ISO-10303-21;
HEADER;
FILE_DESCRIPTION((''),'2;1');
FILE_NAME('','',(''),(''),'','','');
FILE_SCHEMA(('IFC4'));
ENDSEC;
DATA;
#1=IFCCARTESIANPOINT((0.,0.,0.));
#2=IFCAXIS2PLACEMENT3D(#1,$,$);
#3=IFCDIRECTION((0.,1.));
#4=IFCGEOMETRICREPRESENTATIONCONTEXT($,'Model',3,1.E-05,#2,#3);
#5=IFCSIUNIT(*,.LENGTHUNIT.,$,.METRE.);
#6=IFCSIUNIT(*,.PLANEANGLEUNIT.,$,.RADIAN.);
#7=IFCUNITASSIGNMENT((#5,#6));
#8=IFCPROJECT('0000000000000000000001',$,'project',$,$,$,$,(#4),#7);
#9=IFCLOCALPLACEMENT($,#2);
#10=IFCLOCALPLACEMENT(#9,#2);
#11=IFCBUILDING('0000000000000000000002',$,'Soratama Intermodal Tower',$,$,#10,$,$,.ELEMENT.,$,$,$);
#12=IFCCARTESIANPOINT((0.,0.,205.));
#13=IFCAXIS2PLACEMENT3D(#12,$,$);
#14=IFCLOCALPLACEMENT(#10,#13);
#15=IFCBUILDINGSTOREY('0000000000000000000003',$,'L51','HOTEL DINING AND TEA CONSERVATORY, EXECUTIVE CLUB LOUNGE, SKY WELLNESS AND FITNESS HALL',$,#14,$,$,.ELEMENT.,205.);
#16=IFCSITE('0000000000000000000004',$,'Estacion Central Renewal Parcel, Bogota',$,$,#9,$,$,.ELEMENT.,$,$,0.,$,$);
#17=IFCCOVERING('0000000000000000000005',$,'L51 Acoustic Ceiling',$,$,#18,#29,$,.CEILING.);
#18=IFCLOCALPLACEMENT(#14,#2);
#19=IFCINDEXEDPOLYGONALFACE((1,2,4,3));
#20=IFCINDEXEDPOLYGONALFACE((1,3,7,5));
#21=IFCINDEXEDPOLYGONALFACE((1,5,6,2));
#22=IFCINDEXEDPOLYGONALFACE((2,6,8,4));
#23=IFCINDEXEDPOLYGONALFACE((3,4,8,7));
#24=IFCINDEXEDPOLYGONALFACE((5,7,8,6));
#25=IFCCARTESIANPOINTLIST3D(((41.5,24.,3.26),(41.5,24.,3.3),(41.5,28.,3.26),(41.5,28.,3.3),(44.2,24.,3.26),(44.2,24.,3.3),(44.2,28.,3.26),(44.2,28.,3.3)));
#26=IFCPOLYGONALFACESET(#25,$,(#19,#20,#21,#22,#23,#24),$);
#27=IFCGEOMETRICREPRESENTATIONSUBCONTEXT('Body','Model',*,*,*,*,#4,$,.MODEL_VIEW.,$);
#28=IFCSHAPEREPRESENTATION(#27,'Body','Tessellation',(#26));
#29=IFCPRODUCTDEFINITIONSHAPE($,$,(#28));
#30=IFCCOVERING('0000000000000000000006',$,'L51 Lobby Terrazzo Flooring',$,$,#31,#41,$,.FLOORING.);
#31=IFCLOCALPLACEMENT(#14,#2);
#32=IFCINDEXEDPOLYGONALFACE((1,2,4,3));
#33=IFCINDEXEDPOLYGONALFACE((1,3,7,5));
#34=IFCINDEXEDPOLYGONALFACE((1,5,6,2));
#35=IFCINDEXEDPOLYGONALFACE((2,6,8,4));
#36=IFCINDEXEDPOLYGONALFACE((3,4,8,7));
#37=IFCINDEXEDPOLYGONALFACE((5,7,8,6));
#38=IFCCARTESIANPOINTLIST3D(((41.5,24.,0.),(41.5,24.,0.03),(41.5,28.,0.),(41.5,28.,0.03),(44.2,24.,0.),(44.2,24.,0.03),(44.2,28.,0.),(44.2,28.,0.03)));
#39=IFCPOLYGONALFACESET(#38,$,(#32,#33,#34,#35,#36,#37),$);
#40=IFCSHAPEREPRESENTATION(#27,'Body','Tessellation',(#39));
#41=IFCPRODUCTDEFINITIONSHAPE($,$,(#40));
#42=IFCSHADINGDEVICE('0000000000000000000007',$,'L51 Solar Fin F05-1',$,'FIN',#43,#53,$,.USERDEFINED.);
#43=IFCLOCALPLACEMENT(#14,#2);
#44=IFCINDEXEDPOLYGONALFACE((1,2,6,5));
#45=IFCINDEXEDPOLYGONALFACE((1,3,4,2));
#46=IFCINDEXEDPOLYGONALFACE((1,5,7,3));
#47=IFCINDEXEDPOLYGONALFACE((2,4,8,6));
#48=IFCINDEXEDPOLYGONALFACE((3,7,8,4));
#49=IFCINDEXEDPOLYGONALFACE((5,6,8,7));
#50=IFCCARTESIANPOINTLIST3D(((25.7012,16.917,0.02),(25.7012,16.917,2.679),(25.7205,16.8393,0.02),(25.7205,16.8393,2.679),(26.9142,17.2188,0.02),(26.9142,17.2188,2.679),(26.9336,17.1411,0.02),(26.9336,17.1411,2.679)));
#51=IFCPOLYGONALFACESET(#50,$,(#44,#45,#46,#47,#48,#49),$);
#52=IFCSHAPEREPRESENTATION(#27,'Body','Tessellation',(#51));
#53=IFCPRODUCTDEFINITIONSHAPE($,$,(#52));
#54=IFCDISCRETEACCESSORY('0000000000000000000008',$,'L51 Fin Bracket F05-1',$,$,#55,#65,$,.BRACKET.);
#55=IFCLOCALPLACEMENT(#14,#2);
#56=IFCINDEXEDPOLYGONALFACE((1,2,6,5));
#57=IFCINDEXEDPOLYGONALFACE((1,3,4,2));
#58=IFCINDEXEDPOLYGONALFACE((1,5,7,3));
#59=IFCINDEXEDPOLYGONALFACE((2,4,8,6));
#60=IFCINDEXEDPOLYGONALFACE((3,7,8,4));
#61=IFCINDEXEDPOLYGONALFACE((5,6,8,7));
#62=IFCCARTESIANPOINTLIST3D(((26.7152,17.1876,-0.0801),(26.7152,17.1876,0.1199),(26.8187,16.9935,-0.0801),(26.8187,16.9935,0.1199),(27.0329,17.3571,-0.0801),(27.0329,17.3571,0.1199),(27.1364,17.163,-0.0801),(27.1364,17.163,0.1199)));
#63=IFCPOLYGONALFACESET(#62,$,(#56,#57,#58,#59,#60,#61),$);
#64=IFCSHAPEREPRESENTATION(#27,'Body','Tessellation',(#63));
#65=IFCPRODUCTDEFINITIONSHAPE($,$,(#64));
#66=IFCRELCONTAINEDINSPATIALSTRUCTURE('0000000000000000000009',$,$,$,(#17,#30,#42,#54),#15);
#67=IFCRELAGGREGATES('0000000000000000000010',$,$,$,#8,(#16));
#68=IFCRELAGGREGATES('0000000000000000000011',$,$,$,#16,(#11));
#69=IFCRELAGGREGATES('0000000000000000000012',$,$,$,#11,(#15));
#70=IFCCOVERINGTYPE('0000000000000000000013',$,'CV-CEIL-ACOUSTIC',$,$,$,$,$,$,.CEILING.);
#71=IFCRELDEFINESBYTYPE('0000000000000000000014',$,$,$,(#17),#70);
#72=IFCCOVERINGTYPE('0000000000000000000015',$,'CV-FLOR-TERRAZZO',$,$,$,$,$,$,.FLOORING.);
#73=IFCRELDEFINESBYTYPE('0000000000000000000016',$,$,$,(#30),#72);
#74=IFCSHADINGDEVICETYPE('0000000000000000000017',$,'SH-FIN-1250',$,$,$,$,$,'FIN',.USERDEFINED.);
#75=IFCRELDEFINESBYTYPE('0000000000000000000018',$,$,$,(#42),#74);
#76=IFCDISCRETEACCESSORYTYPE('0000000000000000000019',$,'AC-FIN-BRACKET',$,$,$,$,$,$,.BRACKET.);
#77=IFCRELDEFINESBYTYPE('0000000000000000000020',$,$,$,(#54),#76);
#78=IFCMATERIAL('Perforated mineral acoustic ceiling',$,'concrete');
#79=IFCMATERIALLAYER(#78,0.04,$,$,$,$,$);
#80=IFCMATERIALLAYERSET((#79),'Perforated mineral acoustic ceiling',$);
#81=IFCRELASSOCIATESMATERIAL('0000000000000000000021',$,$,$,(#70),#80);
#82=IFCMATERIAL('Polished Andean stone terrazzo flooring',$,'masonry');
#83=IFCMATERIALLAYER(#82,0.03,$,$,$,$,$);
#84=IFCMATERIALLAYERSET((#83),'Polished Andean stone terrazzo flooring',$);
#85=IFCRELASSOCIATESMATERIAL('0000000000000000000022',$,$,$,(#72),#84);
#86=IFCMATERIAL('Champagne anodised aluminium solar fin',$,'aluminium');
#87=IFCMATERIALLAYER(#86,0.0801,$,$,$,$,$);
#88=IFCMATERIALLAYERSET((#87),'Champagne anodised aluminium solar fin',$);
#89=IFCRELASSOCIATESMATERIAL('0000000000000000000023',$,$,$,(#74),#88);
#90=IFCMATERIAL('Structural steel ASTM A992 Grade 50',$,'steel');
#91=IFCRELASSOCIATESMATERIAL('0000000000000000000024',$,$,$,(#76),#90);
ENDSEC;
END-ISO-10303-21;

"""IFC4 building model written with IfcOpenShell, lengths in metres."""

from ifc_helpers import new_model, si_unit, direction, frame, origin, origin_2d, place, context, subcontext, project, spatial, polyline, rectangle, outline, extrude, material, layer, layer_set, type_object, element, save


model = new_model("IFC4")

# Units and contexts
model_context = context("Model", 3, precision=1e-05, world=origin(), true_north=direction((0.0, 1.0)))
body_context = subcontext(model_context, "Body", "Model", "MODEL_VIEW")
ifc_project = project(units=[si_unit("LENGTHUNIT", "METRE"), si_unit("PLANEANGLEUNIT", "RADIAN")], contexts=[model_context])

# Site, building, storey
site_placement = place(None, origin())
site = spatial("IfcSite", under=ifc_project, at=site_placement, Name="Estacion Central Renewal Parcel, Bogota", CompositionType="ELEMENT", RefElevation=0.0)
building_placement = place(site_placement, origin())
building = spatial("IfcBuilding", under=site, at=building_placement, Name="Soratama Intermodal Tower", CompositionType="ELEMENT")
storey_placement = place(building_placement, frame((0.0, 0.0, 205.0)))
storey = spatial("IfcBuildingStorey", under=building, at=storey_placement, Name="L51", Description="HOTEL DINING AND TEA CONSERVATORY, EXECUTIVE CLUB LOUNGE, SKY WELLNESS AND FITNESS HALL", CompositionType="ELEMENT", Elevation=205.0)

# Coverings
ifc_material_1 = material(Name="Perforated mineral acoustic ceiling", Category="concrete")
ifc_layer_1 = layer(ifc_material_1, 0.04)
ifc_layer_set_1 = layer_set([ifc_layer_1], Name="Perforated mineral acoustic ceiling")
covering_type_1 = type_object("IfcCoveringType", Name="CV-CEIL-ACOUSTIC", PredefinedType="CEILING", material=ifc_layer_set_1)
covering_1_placement = place(storey_placement, frame((0.0, 0.0, 3.26)))
element("IfcCovering", 1, at=covering_1_placement, inside=storey, type_object=covering_type_1, Name="L51 Acoustic Ceiling", PredefinedType="CEILING", context=body_context, shape_type="SweptSolid", body=[
    extrude(outline(polyline([(41.5, 24.0), (44.2, 24.0), (44.2, 28.0), (41.5, 28.0), (41.5, 24.0)])), origin(), (0.0, 0.0, 1.0), 0.04),
])
ifc_material_2 = material(Name="Polished Andean stone terrazzo flooring", Category="masonry")
ifc_layer_2 = layer(ifc_material_2, 0.03)
ifc_layer_set_2 = layer_set([ifc_layer_2], Name="Polished Andean stone terrazzo flooring")
covering_type_2 = type_object("IfcCoveringType", Name="CV-FLOR-TERRAZZO", PredefinedType="FLOORING", material=ifc_layer_set_2)
covering_2_placement = place(storey_placement, origin())
element("IfcCovering", 2, at=covering_2_placement, inside=storey, type_object=covering_type_2, Name="L51 Lobby Terrazzo Flooring", PredefinedType="FLOORING", context=body_context, shape_type="SweptSolid", body=[
    extrude(outline(polyline([(41.5, 24.0), (44.2, 24.0), (44.2, 28.0), (41.5, 28.0), (41.5, 24.0)])), origin(), (0.0, 0.0, 1.0), 0.03),
])

# Shading device
ifc_material_3 = material(Name="Champagne anodised aluminium solar fin", Category="aluminium")
ifc_layer_3 = layer(ifc_material_3, 0.0801)
ifc_layer_set_3 = layer_set([ifc_layer_3], Name="Champagne anodised aluminium solar fin")
shading_device_type = type_object("IfcShadingDeviceType", Name="SH-FIN-1250", ElementType="FIN", PredefinedType="USERDEFINED", material=ifc_layer_set_3)
shading_device_placement = place(storey_placement, frame((26.3174, 17.0291, 0.02), z_axis=(0.0, 0.0, 1.0), x_axis=(-0.970422, -0.241414, 0.0)))
element("IfcShadingDevice", 3, at=shading_device_placement, inside=storey, type_object=shading_device_type, Name="L51 Solar Fin F05-1", ObjectType="FIN", PredefinedType="USERDEFINED", context=body_context, shape_type="SweptSolid", body=[
    extrude(rectangle(XDim=1.25, YDim=0.0801, at=origin_2d()), origin(), (0.0, 0.0, 1.0), 2.6589),
])

# Discrete accessory
ifc_material_4 = material(Name="Structural steel ASTM A992 Grade 50", Category="steel")
discrete_accessory_type = type_object("IfcDiscreteAccessoryType", Name="AC-FIN-BRACKET", PredefinedType="BRACKET", material=ifc_material_4)
discrete_accessory_placement = place(storey_placement, frame((26.9258, 17.1753, -0.0801), z_axis=(0.0, 0.0, 1.0), x_axis=(-0.882291, -0.470704, 0.0)))
element("IfcDiscreteAccessory", 4, at=discrete_accessory_placement, inside=storey, type_object=discrete_accessory_type, Name="L51 Fin Bracket F05-1", PredefinedType="BRACKET", context=body_context, shape_type="SweptSolid", body=[
    extrude(rectangle(XDim=0.3601, YDim=0.22, at=origin_2d()), origin(), (0.0, 0.0, 1.0), 0.2),
])

save(model, "model.ifc")
